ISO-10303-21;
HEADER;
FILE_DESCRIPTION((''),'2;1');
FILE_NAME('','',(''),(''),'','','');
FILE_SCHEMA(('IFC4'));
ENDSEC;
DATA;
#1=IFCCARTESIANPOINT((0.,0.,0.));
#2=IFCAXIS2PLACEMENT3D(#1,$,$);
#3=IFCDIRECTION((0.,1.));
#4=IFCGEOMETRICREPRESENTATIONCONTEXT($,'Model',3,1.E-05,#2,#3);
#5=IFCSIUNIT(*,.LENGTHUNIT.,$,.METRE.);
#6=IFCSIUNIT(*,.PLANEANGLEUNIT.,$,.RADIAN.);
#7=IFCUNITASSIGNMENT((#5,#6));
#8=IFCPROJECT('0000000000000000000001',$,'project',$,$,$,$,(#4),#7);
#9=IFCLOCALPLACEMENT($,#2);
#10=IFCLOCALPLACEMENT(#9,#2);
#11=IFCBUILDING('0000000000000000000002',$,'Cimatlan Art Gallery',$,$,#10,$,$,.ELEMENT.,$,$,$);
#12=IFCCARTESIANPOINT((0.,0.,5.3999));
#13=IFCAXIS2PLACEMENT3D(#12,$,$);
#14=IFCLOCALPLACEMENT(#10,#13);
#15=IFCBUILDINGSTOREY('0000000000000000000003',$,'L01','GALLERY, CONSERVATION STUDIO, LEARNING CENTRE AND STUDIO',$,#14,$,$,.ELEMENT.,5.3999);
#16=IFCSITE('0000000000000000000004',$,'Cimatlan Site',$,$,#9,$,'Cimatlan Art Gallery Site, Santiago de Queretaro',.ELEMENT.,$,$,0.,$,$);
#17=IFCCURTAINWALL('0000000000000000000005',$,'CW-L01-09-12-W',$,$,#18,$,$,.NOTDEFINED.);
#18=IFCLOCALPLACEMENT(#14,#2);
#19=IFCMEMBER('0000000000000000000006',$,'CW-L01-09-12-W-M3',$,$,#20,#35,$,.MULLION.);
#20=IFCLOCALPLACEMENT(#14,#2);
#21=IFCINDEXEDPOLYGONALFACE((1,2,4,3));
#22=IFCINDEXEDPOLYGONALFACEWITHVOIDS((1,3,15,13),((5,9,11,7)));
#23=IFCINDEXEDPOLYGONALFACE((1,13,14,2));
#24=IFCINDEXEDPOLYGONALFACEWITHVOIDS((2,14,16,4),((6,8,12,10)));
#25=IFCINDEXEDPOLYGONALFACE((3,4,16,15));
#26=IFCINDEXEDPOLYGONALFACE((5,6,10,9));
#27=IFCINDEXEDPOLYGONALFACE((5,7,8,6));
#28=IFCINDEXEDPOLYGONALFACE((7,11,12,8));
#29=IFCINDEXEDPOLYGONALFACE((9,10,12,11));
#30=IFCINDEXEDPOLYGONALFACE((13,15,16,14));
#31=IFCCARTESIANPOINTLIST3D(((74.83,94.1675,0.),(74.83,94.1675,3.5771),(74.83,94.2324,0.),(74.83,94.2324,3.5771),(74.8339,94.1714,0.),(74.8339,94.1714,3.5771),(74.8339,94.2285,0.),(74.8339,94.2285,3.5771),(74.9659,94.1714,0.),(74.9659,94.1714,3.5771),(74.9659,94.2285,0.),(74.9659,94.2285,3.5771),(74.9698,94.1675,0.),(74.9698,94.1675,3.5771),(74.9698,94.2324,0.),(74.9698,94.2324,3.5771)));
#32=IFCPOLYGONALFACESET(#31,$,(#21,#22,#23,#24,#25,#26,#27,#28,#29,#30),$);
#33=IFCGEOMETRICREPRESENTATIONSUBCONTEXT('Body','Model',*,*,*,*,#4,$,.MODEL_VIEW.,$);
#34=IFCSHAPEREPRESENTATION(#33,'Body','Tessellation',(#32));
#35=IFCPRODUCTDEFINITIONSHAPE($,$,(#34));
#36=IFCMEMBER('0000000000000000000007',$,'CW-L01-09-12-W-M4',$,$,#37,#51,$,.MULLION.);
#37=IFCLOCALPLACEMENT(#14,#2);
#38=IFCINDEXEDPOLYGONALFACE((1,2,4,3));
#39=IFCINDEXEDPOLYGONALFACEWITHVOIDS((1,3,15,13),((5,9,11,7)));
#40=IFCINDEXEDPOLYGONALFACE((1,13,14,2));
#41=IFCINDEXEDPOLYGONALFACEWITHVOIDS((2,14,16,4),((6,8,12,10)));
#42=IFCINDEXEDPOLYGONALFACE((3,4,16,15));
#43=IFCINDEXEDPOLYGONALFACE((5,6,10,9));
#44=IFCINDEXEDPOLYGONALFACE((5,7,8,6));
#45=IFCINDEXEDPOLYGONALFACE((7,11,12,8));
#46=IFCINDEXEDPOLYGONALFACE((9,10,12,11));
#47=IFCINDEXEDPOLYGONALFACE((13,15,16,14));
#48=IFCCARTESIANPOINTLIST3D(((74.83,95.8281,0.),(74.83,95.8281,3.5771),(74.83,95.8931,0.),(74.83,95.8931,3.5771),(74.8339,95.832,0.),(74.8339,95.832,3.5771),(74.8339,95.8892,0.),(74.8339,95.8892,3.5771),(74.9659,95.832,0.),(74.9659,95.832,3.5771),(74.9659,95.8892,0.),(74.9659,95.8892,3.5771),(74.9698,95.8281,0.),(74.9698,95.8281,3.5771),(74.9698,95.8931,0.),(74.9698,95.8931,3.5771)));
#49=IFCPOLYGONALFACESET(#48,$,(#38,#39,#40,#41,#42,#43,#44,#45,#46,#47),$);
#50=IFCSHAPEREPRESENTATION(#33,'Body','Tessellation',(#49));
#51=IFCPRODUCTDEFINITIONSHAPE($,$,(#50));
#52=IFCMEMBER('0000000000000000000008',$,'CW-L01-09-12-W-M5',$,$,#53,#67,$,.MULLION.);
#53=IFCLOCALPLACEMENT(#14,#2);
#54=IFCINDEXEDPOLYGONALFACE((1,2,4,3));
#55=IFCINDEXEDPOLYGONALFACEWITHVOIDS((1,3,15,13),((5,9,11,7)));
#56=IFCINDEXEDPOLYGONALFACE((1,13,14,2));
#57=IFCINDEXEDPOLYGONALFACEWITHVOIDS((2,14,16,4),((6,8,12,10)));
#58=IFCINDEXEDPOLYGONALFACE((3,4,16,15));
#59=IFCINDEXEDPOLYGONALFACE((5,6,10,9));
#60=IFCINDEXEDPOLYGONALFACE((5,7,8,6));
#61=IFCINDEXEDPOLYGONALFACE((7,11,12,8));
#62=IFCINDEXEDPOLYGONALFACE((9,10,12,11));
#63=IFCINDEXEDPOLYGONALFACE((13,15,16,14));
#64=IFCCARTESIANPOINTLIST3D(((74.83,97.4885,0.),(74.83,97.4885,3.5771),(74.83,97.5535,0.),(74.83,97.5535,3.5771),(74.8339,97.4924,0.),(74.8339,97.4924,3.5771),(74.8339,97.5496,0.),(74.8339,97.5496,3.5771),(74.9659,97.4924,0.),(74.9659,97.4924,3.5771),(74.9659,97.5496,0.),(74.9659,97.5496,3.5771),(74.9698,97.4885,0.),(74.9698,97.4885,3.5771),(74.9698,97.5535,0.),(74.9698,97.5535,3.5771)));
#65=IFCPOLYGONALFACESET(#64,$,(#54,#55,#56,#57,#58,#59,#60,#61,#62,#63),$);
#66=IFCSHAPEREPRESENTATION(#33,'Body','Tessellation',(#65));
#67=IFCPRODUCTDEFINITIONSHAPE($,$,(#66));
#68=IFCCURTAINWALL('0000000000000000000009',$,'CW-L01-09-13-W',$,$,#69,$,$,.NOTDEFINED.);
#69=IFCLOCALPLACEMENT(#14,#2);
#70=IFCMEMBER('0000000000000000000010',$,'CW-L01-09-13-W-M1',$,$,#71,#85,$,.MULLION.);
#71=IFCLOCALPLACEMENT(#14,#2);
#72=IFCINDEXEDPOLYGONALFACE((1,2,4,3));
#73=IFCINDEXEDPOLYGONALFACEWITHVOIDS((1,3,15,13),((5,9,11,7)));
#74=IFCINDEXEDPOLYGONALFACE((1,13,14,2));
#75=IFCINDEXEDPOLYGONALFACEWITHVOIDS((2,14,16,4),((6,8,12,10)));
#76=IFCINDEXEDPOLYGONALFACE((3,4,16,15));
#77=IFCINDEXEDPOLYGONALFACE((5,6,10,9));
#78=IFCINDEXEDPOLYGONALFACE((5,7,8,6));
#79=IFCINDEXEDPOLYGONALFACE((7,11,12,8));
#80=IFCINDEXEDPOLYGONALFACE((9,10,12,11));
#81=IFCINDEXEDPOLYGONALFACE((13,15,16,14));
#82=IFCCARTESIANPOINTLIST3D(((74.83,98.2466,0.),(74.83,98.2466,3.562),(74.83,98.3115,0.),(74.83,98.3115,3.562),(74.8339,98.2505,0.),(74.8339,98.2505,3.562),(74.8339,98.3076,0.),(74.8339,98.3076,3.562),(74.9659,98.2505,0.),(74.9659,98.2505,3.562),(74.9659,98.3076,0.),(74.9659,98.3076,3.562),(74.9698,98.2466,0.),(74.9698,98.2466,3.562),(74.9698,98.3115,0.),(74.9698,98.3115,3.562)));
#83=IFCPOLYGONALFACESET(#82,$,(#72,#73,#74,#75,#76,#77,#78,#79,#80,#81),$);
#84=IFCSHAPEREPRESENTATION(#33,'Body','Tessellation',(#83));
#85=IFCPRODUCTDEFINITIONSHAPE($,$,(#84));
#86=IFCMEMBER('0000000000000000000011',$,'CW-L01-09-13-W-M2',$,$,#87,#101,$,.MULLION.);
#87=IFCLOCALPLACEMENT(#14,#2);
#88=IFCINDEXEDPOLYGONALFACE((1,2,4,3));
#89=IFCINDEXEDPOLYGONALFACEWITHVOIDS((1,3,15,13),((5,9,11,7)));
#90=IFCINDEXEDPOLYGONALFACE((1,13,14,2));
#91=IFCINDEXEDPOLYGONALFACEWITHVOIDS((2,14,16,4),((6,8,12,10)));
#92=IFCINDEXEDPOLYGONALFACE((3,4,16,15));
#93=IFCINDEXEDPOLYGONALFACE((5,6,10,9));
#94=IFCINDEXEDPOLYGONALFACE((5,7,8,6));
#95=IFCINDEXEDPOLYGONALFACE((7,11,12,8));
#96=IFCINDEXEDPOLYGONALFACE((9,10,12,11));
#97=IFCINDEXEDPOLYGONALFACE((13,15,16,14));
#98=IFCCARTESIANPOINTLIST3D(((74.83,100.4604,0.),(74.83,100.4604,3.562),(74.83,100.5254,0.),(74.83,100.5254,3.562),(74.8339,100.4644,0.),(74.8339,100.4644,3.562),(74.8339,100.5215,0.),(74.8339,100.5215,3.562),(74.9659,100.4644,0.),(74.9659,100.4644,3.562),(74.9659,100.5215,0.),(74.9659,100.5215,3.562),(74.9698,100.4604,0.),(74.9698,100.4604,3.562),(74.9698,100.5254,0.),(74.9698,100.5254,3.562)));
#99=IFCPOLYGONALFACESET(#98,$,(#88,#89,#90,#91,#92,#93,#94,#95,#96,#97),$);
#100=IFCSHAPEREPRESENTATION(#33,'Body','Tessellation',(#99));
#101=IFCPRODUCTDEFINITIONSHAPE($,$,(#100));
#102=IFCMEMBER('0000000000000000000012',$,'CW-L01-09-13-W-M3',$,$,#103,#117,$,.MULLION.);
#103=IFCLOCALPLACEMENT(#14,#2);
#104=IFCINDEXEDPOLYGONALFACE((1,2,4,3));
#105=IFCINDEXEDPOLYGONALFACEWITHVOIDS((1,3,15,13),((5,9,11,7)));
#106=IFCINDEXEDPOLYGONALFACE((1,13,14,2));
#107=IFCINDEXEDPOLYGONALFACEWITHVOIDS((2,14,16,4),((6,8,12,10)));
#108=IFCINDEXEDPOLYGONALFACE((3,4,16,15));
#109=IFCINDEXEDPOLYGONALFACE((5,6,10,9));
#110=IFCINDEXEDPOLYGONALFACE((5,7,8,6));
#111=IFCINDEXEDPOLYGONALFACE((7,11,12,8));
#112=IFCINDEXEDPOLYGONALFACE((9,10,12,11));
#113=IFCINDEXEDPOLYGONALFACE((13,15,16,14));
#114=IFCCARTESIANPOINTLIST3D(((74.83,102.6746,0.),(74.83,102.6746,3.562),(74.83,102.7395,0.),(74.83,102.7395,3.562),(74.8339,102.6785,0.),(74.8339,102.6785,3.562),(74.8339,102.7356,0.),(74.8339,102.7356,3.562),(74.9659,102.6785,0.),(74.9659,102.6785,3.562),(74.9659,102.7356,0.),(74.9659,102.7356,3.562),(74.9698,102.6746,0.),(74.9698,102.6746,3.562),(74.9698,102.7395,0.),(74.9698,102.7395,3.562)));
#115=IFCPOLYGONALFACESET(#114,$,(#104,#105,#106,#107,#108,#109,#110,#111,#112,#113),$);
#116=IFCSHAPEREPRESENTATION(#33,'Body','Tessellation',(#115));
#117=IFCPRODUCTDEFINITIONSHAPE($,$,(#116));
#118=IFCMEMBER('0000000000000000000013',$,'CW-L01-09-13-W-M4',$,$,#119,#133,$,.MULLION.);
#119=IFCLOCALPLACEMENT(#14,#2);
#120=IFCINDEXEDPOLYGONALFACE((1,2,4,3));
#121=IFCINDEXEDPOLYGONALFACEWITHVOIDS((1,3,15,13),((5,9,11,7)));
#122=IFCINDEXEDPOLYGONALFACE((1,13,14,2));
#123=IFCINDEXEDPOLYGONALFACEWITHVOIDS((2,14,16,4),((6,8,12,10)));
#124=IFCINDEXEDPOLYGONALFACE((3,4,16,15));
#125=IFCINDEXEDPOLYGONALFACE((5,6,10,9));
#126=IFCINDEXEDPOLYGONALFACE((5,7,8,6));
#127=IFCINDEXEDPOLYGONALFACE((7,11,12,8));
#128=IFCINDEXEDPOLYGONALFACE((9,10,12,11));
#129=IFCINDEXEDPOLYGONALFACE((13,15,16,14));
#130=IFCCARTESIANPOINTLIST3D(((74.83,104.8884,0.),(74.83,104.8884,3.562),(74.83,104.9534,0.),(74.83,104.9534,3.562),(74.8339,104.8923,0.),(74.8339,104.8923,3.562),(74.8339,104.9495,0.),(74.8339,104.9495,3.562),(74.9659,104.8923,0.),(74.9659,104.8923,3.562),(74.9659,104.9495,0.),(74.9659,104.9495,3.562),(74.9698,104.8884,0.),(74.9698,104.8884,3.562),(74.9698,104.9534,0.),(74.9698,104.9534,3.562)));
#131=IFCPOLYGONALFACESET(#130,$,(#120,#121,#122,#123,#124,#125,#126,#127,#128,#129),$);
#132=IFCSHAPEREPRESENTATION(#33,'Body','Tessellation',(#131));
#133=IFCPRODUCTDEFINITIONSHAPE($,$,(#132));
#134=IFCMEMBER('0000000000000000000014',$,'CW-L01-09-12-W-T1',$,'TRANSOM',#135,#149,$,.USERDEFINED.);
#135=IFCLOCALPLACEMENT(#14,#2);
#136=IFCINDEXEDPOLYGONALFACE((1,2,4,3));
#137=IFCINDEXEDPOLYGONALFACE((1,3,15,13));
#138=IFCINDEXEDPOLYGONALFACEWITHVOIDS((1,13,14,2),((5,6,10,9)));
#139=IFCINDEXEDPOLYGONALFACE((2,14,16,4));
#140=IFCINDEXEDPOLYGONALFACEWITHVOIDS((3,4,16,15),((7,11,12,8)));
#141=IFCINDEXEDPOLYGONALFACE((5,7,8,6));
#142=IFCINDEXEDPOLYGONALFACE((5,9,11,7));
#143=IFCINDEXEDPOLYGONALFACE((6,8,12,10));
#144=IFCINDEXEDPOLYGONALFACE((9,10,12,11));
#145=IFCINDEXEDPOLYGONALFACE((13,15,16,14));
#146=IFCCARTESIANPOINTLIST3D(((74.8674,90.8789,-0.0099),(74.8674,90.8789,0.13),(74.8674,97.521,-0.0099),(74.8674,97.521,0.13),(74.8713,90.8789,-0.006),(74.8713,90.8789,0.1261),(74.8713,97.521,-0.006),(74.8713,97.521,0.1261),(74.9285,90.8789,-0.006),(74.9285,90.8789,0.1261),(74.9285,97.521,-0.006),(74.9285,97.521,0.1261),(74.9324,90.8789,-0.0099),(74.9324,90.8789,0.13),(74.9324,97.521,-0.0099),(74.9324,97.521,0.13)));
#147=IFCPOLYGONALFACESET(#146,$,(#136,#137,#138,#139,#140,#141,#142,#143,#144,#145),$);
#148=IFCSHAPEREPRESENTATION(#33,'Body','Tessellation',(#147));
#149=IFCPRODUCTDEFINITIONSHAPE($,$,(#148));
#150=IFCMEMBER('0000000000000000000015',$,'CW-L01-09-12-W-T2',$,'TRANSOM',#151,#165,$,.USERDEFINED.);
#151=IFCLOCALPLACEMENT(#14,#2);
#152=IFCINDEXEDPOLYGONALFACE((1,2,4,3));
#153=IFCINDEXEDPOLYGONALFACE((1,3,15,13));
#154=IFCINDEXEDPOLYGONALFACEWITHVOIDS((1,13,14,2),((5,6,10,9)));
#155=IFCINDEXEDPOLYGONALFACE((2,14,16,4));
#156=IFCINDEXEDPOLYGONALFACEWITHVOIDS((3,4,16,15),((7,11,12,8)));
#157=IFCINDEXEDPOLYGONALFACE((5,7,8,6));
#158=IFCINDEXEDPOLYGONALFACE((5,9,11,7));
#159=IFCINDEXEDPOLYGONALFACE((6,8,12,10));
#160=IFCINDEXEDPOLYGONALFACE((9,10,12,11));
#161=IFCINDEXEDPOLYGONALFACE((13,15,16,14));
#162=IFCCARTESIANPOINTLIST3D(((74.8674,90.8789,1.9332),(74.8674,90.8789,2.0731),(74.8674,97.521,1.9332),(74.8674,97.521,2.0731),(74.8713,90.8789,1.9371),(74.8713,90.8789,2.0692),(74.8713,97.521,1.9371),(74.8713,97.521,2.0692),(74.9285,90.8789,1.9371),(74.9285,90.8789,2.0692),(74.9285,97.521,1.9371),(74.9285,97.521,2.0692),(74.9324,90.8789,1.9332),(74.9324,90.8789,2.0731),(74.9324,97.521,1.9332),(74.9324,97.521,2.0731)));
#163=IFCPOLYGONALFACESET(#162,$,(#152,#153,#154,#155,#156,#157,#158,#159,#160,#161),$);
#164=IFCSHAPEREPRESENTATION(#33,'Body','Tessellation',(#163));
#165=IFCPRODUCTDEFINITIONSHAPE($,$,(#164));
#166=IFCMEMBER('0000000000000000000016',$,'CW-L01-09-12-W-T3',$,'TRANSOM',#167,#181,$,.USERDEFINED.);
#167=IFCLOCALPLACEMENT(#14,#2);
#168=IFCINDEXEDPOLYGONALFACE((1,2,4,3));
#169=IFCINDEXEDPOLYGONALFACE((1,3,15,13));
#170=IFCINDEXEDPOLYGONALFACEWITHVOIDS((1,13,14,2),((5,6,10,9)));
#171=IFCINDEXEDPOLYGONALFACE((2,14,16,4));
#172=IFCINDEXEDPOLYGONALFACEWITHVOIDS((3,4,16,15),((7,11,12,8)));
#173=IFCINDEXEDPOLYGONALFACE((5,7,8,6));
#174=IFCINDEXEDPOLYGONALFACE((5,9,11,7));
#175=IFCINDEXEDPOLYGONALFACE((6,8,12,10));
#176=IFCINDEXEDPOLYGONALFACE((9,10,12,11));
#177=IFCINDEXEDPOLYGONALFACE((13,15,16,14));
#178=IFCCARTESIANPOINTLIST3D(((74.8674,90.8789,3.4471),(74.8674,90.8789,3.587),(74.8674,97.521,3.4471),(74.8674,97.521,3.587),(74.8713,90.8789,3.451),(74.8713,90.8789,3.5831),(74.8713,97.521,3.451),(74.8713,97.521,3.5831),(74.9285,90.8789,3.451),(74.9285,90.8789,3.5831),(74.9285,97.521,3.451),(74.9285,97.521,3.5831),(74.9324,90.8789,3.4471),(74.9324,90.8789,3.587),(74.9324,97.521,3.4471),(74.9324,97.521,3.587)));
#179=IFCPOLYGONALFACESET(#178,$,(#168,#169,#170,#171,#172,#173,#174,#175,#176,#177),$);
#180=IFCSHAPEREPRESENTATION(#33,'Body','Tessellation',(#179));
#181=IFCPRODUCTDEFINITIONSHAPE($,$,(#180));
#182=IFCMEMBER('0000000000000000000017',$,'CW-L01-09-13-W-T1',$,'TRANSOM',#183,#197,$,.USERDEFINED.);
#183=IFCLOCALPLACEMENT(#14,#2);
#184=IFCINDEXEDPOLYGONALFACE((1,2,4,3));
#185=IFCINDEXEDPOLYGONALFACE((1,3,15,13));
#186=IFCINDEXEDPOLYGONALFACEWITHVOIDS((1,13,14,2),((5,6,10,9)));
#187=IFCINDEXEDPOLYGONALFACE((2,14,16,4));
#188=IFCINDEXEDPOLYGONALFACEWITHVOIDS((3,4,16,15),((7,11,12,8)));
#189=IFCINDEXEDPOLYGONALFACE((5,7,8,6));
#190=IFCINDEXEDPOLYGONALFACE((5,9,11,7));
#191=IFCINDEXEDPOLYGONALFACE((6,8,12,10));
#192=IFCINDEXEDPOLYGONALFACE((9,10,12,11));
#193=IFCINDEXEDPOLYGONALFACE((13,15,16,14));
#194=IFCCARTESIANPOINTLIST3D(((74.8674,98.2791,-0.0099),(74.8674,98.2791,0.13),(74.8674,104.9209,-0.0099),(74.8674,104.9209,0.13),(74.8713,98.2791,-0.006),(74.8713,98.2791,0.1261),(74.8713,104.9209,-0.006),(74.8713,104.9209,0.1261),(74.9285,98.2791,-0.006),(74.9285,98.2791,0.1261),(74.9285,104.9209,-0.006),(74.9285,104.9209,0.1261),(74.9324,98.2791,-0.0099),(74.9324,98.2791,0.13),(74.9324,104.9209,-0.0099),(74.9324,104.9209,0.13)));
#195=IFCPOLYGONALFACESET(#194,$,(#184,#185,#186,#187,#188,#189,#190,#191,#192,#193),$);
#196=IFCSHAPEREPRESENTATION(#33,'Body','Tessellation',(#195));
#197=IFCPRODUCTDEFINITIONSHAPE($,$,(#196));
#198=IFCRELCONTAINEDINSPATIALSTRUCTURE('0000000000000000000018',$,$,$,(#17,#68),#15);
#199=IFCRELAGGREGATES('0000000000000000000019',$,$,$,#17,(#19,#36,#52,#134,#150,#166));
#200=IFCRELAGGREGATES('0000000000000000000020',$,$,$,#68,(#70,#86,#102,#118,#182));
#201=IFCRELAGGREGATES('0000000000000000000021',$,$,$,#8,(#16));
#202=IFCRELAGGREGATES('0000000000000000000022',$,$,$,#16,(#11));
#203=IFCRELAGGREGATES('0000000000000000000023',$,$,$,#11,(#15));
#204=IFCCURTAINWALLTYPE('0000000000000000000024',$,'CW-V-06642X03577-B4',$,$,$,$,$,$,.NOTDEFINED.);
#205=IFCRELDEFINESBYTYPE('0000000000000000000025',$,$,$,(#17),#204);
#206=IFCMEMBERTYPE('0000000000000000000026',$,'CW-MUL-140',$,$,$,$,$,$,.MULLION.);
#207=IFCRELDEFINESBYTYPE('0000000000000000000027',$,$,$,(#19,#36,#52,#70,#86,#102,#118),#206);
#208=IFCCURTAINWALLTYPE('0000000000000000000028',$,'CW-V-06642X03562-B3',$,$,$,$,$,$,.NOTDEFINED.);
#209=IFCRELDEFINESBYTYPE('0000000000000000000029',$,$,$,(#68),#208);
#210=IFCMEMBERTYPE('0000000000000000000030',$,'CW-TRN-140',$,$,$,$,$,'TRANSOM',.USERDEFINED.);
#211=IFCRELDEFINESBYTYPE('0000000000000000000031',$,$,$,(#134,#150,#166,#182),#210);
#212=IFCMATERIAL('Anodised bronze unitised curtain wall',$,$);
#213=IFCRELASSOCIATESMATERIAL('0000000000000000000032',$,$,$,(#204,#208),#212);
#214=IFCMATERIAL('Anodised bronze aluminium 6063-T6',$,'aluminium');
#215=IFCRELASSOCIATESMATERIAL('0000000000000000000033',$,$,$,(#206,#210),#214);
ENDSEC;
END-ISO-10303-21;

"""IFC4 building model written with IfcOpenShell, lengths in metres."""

from ifc_helpers import new_model, si_unit, direction, frame, origin, origin_2d, place, context, subcontext, project, spatial, hollow_rectangle, extrude, material, material_profile, profile_set, type_object, element, aggregate, save


model = new_model("IFC4")

# Units and contexts
model_context = context("Model", 3, precision=1e-05, world=origin(), true_north=direction((0.0, 1.0)))
body_context = subcontext(model_context, "Body", "Model", "MODEL_VIEW")
ifc_project = project(units=[si_unit("LENGTHUNIT", "METRE"), si_unit("PLANEANGLEUNIT", "RADIAN")], contexts=[model_context])

# Site, building, storey
site_placement = place(None, origin())
site = spatial("IfcSite", under=ifc_project, at=site_placement, Name="Cimatlan Site", LongName="Cimatlan Art Gallery Site, Santiago de Queretaro", CompositionType="ELEMENT", RefElevation=0.0)
building_placement = place(site_placement, origin())
building = spatial("IfcBuilding", under=site, at=building_placement, Name="Cimatlan Art Gallery", CompositionType="ELEMENT")
storey_placement = place(building_placement, frame((0.0, 0.0, 5.3999)))
storey = spatial("IfcBuildingStorey", under=building, at=storey_placement, Name="L01", Description="GALLERY, CONSERVATION STUDIO, LEARNING CENTRE AND STUDIO", CompositionType="ELEMENT", Elevation=5.3999)

# Curtain walls, members
ifc_material_1 = material(Name="Anodised bronze unitised curtain wall")
curtain_wall_type_1 = type_object("IfcCurtainWallType", Name="CW-V-06642X03577-B4", PredefinedType="NOTDEFINED", material=ifc_material_1)
curtain_wall_1_placement = place(storey_placement, origin())
curtain_wall_1 = element("IfcCurtainWall", 1, at=curtain_wall_1_placement, inside=storey, type_object=curtain_wall_type_1, Name="CW-L01-09-12-W", PredefinedType="NOTDEFINED")
ifc_material_2 = material(Name="Anodised bronze aluminium 6063-T6", Category="aluminium")
ifc_material_profile_1 = material_profile(ifc_material_2, hollow_rectangle(XDim=0.0649, YDim=0.1399, WallThickness=0.0039, at=origin_2d()), Name="ALU65X140X4")
ifc_profile_set_1 = profile_set([ifc_material_profile_1], Name="Anodised bronze aluminium 6063-T6")
member_type_1 = type_object("IfcMemberType", Name="CW-MUL-140", PredefinedType="MULLION", material=ifc_profile_set_1)
member_1_placement = place(storey_placement, frame((74.8999, 94.2, 0.0), z_axis=(0.0, 0.0, 1.0), x_axis=(0.0, 1.0, 0.0)))
member_1 = element("IfcMember", 2, at=member_1_placement, type_object=member_type_1, Name="CW-L01-09-12-W-M3", PredefinedType="MULLION", context=body_context, shape_type="SweptSolid", body=[
    extrude(hollow_rectangle(XDim=0.0649, YDim=0.1399, WallThickness=0.0039, at=origin_2d()), origin(), (0.0, 0.0, 1.0), 3.5771),
])
member_2_placement = place(storey_placement, frame((74.8999, 95.8606, 0.0), z_axis=(0.0, 0.0, 1.0), x_axis=(0.0, 1.0, 0.0)))
member_2 = element("IfcMember", 3, at=member_2_placement, type_object=member_type_1, Name="CW-L01-09-12-W-M4", PredefinedType="MULLION", context=body_context, shape_type="SweptSolid", body=[
    extrude(hollow_rectangle(XDim=0.0649, YDim=0.1399, WallThickness=0.0039, at=origin_2d()), origin(), (0.0, 0.0, 1.0), 3.5771),
])
member_3_placement = place(storey_placement, frame((74.8999, 97.521, 0.0), z_axis=(0.0, 0.0, 1.0), x_axis=(0.0, 1.0, 0.0)))
member_3 = element("IfcMember", 4, at=member_3_placement, type_object=member_type_1, Name="CW-L01-09-12-W-M5", PredefinedType="MULLION", context=body_context, shape_type="SweptSolid", body=[
    extrude(hollow_rectangle(XDim=0.0649, YDim=0.1399, WallThickness=0.0039, at=origin_2d()), origin(), (0.0, 0.0, 1.0), 3.5771),
])
curtain_wall_type_2 = type_object("IfcCurtainWallType", Name="CW-V-06642X03562-B3", PredefinedType="NOTDEFINED", material=ifc_material_1)
curtain_wall_2_placement = place(storey_placement, origin())
curtain_wall_2 = element("IfcCurtainWall", 5, at=curtain_wall_2_placement, inside=storey, type_object=curtain_wall_type_2, Name="CW-L01-09-13-W", PredefinedType="NOTDEFINED")
member_4_placement = place(storey_placement, frame((74.8999, 98.2791, 0.0), z_axis=(0.0, 0.0, 1.0), x_axis=(0.0, 1.0, 0.0)))
member_4 = element("IfcMember", 6, at=member_4_placement, type_object=member_type_1, Name="CW-L01-09-13-W-M1", PredefinedType="MULLION", context=body_context, shape_type="SweptSolid", body=[
    extrude(hollow_rectangle(XDim=0.0649, YDim=0.1399, WallThickness=0.0039, at=origin_2d()), origin(), (0.0, 0.0, 1.0), 3.562),
])
member_5_placement = place(storey_placement, frame((74.8999, 100.4929, 0.0), z_axis=(0.0, 0.0, 1.0), x_axis=(0.0, 1.0, 0.0)))
member_5 = element("IfcMember", 7, at=member_5_placement, type_object=member_type_1, Name="CW-L01-09-13-W-M2", PredefinedType="MULLION", context=body_context, shape_type="SweptSolid", body=[
    extrude(hollow_rectangle(XDim=0.0649, YDim=0.1399, WallThickness=0.0039, at=origin_2d()), origin(), (0.0, 0.0, 1.0), 3.562),
])
member_6_placement = place(storey_placement, frame((74.8999, 102.707, 0.0), z_axis=(0.0, 0.0, 1.0), x_axis=(0.0, 1.0, 0.0)))
member_6 = element("IfcMember", 8, at=member_6_placement, type_object=member_type_1, Name="CW-L01-09-13-W-M3", PredefinedType="MULLION", context=body_context, shape_type="SweptSolid", body=[
    extrude(hollow_rectangle(XDim=0.0649, YDim=0.1399, WallThickness=0.0039, at=origin_2d()), origin(), (0.0, 0.0, 1.0), 3.562),
])
member_7_placement = place(storey_placement, frame((74.8999, 104.9209, 0.0), z_axis=(0.0, 0.0, 1.0), x_axis=(0.0, 1.0, 0.0)))
member_7 = element("IfcMember", 9, at=member_7_placement, type_object=member_type_1, Name="CW-L01-09-13-W-M4", PredefinedType="MULLION", context=body_context, shape_type="SweptSolid", body=[
    extrude(hollow_rectangle(XDim=0.0649, YDim=0.1399, WallThickness=0.0039, at=origin_2d()), origin(), (0.0, 0.0, 1.0), 3.562),
])

# Members
ifc_material_profile_2 = material_profile(ifc_material_2, hollow_rectangle(XDim=0.0649, YDim=0.1399, WallThickness=0.0039, at=origin_2d()), Name="ALU65X140X4")
ifc_profile_set_2 = profile_set([ifc_material_profile_2], Name="Anodised bronze aluminium 6063-T6")
member_type_2 = type_object("IfcMemberType", Name="CW-TRN-140", ElementType="TRANSOM", PredefinedType="USERDEFINED", material=ifc_profile_set_2)
member_8_placement = place(storey_placement, frame((74.8999, 90.8789, 0.0601), z_axis=(0.0, 1.0, 0.0), x_axis=(-1.0, 0.0, 0.0)))
member_8 = element("IfcMember", 10, at=member_8_placement, type_object=member_type_2, Name="CW-L01-09-12-W-T1", ObjectType="TRANSOM", PredefinedType="USERDEFINED", context=body_context, shape_type="SweptSolid", body=[
    extrude(hollow_rectangle(XDim=0.0649, YDim=0.1399, WallThickness=0.0039, at=origin_2d()), origin(), (0.0, 0.0, 1.0), 6.6421),
])
member_9_placement = place(storey_placement, frame((74.8999, 90.8789, 2.0032), z_axis=(0.0, 1.0, 0.0), x_axis=(-1.0, 0.0, 0.0)))
member_9 = element("IfcMember", 11, at=member_9_placement, type_object=member_type_2, Name="CW-L01-09-12-W-T2", ObjectType="TRANSOM", PredefinedType="USERDEFINED", context=body_context, shape_type="SweptSolid", body=[
    extrude(hollow_rectangle(XDim=0.0649, YDim=0.1399, WallThickness=0.0039, at=origin_2d()), origin(), (0.0, 0.0, 1.0), 6.6421),
])
member_10_placement = place(storey_placement, frame((74.8999, 90.8789, 3.5171), z_axis=(0.0, 1.0, 0.0), x_axis=(-1.0, 0.0, 0.0)))
member_10 = element("IfcMember", 12, at=member_10_placement, type_object=member_type_2, Name="CW-L01-09-12-W-T3", ObjectType="TRANSOM", PredefinedType="USERDEFINED", context=body_context, shape_type="SweptSolid", body=[
    extrude(hollow_rectangle(XDim=0.0649, YDim=0.1399, WallThickness=0.0039, at=origin_2d()), origin(), (0.0, 0.0, 1.0), 6.6421),
])
member_11_placement = place(storey_placement, frame((74.8999, 98.2791, 0.0601), z_axis=(0.0, 1.0, 0.0), x_axis=(-1.0, 0.0, 0.0)))
member_11 = element("IfcMember", 13, at=member_11_placement, type_object=member_type_2, Name="CW-L01-09-13-W-T1", ObjectType="TRANSOM", PredefinedType="USERDEFINED", context=body_context, shape_type="SweptSolid", body=[
    extrude(hollow_rectangle(XDim=0.0649, YDim=0.1399, WallThickness=0.0039, at=origin_2d()), origin(), (0.0, 0.0, 1.0), 6.6418),
])

aggregate(curtain_wall_1, [member_1, member_2, member_3, member_8, member_9, member_10])

aggregate(curtain_wall_2, [member_4, member_5, member_6, member_7, member_11])

save(model, "model.ifc")
